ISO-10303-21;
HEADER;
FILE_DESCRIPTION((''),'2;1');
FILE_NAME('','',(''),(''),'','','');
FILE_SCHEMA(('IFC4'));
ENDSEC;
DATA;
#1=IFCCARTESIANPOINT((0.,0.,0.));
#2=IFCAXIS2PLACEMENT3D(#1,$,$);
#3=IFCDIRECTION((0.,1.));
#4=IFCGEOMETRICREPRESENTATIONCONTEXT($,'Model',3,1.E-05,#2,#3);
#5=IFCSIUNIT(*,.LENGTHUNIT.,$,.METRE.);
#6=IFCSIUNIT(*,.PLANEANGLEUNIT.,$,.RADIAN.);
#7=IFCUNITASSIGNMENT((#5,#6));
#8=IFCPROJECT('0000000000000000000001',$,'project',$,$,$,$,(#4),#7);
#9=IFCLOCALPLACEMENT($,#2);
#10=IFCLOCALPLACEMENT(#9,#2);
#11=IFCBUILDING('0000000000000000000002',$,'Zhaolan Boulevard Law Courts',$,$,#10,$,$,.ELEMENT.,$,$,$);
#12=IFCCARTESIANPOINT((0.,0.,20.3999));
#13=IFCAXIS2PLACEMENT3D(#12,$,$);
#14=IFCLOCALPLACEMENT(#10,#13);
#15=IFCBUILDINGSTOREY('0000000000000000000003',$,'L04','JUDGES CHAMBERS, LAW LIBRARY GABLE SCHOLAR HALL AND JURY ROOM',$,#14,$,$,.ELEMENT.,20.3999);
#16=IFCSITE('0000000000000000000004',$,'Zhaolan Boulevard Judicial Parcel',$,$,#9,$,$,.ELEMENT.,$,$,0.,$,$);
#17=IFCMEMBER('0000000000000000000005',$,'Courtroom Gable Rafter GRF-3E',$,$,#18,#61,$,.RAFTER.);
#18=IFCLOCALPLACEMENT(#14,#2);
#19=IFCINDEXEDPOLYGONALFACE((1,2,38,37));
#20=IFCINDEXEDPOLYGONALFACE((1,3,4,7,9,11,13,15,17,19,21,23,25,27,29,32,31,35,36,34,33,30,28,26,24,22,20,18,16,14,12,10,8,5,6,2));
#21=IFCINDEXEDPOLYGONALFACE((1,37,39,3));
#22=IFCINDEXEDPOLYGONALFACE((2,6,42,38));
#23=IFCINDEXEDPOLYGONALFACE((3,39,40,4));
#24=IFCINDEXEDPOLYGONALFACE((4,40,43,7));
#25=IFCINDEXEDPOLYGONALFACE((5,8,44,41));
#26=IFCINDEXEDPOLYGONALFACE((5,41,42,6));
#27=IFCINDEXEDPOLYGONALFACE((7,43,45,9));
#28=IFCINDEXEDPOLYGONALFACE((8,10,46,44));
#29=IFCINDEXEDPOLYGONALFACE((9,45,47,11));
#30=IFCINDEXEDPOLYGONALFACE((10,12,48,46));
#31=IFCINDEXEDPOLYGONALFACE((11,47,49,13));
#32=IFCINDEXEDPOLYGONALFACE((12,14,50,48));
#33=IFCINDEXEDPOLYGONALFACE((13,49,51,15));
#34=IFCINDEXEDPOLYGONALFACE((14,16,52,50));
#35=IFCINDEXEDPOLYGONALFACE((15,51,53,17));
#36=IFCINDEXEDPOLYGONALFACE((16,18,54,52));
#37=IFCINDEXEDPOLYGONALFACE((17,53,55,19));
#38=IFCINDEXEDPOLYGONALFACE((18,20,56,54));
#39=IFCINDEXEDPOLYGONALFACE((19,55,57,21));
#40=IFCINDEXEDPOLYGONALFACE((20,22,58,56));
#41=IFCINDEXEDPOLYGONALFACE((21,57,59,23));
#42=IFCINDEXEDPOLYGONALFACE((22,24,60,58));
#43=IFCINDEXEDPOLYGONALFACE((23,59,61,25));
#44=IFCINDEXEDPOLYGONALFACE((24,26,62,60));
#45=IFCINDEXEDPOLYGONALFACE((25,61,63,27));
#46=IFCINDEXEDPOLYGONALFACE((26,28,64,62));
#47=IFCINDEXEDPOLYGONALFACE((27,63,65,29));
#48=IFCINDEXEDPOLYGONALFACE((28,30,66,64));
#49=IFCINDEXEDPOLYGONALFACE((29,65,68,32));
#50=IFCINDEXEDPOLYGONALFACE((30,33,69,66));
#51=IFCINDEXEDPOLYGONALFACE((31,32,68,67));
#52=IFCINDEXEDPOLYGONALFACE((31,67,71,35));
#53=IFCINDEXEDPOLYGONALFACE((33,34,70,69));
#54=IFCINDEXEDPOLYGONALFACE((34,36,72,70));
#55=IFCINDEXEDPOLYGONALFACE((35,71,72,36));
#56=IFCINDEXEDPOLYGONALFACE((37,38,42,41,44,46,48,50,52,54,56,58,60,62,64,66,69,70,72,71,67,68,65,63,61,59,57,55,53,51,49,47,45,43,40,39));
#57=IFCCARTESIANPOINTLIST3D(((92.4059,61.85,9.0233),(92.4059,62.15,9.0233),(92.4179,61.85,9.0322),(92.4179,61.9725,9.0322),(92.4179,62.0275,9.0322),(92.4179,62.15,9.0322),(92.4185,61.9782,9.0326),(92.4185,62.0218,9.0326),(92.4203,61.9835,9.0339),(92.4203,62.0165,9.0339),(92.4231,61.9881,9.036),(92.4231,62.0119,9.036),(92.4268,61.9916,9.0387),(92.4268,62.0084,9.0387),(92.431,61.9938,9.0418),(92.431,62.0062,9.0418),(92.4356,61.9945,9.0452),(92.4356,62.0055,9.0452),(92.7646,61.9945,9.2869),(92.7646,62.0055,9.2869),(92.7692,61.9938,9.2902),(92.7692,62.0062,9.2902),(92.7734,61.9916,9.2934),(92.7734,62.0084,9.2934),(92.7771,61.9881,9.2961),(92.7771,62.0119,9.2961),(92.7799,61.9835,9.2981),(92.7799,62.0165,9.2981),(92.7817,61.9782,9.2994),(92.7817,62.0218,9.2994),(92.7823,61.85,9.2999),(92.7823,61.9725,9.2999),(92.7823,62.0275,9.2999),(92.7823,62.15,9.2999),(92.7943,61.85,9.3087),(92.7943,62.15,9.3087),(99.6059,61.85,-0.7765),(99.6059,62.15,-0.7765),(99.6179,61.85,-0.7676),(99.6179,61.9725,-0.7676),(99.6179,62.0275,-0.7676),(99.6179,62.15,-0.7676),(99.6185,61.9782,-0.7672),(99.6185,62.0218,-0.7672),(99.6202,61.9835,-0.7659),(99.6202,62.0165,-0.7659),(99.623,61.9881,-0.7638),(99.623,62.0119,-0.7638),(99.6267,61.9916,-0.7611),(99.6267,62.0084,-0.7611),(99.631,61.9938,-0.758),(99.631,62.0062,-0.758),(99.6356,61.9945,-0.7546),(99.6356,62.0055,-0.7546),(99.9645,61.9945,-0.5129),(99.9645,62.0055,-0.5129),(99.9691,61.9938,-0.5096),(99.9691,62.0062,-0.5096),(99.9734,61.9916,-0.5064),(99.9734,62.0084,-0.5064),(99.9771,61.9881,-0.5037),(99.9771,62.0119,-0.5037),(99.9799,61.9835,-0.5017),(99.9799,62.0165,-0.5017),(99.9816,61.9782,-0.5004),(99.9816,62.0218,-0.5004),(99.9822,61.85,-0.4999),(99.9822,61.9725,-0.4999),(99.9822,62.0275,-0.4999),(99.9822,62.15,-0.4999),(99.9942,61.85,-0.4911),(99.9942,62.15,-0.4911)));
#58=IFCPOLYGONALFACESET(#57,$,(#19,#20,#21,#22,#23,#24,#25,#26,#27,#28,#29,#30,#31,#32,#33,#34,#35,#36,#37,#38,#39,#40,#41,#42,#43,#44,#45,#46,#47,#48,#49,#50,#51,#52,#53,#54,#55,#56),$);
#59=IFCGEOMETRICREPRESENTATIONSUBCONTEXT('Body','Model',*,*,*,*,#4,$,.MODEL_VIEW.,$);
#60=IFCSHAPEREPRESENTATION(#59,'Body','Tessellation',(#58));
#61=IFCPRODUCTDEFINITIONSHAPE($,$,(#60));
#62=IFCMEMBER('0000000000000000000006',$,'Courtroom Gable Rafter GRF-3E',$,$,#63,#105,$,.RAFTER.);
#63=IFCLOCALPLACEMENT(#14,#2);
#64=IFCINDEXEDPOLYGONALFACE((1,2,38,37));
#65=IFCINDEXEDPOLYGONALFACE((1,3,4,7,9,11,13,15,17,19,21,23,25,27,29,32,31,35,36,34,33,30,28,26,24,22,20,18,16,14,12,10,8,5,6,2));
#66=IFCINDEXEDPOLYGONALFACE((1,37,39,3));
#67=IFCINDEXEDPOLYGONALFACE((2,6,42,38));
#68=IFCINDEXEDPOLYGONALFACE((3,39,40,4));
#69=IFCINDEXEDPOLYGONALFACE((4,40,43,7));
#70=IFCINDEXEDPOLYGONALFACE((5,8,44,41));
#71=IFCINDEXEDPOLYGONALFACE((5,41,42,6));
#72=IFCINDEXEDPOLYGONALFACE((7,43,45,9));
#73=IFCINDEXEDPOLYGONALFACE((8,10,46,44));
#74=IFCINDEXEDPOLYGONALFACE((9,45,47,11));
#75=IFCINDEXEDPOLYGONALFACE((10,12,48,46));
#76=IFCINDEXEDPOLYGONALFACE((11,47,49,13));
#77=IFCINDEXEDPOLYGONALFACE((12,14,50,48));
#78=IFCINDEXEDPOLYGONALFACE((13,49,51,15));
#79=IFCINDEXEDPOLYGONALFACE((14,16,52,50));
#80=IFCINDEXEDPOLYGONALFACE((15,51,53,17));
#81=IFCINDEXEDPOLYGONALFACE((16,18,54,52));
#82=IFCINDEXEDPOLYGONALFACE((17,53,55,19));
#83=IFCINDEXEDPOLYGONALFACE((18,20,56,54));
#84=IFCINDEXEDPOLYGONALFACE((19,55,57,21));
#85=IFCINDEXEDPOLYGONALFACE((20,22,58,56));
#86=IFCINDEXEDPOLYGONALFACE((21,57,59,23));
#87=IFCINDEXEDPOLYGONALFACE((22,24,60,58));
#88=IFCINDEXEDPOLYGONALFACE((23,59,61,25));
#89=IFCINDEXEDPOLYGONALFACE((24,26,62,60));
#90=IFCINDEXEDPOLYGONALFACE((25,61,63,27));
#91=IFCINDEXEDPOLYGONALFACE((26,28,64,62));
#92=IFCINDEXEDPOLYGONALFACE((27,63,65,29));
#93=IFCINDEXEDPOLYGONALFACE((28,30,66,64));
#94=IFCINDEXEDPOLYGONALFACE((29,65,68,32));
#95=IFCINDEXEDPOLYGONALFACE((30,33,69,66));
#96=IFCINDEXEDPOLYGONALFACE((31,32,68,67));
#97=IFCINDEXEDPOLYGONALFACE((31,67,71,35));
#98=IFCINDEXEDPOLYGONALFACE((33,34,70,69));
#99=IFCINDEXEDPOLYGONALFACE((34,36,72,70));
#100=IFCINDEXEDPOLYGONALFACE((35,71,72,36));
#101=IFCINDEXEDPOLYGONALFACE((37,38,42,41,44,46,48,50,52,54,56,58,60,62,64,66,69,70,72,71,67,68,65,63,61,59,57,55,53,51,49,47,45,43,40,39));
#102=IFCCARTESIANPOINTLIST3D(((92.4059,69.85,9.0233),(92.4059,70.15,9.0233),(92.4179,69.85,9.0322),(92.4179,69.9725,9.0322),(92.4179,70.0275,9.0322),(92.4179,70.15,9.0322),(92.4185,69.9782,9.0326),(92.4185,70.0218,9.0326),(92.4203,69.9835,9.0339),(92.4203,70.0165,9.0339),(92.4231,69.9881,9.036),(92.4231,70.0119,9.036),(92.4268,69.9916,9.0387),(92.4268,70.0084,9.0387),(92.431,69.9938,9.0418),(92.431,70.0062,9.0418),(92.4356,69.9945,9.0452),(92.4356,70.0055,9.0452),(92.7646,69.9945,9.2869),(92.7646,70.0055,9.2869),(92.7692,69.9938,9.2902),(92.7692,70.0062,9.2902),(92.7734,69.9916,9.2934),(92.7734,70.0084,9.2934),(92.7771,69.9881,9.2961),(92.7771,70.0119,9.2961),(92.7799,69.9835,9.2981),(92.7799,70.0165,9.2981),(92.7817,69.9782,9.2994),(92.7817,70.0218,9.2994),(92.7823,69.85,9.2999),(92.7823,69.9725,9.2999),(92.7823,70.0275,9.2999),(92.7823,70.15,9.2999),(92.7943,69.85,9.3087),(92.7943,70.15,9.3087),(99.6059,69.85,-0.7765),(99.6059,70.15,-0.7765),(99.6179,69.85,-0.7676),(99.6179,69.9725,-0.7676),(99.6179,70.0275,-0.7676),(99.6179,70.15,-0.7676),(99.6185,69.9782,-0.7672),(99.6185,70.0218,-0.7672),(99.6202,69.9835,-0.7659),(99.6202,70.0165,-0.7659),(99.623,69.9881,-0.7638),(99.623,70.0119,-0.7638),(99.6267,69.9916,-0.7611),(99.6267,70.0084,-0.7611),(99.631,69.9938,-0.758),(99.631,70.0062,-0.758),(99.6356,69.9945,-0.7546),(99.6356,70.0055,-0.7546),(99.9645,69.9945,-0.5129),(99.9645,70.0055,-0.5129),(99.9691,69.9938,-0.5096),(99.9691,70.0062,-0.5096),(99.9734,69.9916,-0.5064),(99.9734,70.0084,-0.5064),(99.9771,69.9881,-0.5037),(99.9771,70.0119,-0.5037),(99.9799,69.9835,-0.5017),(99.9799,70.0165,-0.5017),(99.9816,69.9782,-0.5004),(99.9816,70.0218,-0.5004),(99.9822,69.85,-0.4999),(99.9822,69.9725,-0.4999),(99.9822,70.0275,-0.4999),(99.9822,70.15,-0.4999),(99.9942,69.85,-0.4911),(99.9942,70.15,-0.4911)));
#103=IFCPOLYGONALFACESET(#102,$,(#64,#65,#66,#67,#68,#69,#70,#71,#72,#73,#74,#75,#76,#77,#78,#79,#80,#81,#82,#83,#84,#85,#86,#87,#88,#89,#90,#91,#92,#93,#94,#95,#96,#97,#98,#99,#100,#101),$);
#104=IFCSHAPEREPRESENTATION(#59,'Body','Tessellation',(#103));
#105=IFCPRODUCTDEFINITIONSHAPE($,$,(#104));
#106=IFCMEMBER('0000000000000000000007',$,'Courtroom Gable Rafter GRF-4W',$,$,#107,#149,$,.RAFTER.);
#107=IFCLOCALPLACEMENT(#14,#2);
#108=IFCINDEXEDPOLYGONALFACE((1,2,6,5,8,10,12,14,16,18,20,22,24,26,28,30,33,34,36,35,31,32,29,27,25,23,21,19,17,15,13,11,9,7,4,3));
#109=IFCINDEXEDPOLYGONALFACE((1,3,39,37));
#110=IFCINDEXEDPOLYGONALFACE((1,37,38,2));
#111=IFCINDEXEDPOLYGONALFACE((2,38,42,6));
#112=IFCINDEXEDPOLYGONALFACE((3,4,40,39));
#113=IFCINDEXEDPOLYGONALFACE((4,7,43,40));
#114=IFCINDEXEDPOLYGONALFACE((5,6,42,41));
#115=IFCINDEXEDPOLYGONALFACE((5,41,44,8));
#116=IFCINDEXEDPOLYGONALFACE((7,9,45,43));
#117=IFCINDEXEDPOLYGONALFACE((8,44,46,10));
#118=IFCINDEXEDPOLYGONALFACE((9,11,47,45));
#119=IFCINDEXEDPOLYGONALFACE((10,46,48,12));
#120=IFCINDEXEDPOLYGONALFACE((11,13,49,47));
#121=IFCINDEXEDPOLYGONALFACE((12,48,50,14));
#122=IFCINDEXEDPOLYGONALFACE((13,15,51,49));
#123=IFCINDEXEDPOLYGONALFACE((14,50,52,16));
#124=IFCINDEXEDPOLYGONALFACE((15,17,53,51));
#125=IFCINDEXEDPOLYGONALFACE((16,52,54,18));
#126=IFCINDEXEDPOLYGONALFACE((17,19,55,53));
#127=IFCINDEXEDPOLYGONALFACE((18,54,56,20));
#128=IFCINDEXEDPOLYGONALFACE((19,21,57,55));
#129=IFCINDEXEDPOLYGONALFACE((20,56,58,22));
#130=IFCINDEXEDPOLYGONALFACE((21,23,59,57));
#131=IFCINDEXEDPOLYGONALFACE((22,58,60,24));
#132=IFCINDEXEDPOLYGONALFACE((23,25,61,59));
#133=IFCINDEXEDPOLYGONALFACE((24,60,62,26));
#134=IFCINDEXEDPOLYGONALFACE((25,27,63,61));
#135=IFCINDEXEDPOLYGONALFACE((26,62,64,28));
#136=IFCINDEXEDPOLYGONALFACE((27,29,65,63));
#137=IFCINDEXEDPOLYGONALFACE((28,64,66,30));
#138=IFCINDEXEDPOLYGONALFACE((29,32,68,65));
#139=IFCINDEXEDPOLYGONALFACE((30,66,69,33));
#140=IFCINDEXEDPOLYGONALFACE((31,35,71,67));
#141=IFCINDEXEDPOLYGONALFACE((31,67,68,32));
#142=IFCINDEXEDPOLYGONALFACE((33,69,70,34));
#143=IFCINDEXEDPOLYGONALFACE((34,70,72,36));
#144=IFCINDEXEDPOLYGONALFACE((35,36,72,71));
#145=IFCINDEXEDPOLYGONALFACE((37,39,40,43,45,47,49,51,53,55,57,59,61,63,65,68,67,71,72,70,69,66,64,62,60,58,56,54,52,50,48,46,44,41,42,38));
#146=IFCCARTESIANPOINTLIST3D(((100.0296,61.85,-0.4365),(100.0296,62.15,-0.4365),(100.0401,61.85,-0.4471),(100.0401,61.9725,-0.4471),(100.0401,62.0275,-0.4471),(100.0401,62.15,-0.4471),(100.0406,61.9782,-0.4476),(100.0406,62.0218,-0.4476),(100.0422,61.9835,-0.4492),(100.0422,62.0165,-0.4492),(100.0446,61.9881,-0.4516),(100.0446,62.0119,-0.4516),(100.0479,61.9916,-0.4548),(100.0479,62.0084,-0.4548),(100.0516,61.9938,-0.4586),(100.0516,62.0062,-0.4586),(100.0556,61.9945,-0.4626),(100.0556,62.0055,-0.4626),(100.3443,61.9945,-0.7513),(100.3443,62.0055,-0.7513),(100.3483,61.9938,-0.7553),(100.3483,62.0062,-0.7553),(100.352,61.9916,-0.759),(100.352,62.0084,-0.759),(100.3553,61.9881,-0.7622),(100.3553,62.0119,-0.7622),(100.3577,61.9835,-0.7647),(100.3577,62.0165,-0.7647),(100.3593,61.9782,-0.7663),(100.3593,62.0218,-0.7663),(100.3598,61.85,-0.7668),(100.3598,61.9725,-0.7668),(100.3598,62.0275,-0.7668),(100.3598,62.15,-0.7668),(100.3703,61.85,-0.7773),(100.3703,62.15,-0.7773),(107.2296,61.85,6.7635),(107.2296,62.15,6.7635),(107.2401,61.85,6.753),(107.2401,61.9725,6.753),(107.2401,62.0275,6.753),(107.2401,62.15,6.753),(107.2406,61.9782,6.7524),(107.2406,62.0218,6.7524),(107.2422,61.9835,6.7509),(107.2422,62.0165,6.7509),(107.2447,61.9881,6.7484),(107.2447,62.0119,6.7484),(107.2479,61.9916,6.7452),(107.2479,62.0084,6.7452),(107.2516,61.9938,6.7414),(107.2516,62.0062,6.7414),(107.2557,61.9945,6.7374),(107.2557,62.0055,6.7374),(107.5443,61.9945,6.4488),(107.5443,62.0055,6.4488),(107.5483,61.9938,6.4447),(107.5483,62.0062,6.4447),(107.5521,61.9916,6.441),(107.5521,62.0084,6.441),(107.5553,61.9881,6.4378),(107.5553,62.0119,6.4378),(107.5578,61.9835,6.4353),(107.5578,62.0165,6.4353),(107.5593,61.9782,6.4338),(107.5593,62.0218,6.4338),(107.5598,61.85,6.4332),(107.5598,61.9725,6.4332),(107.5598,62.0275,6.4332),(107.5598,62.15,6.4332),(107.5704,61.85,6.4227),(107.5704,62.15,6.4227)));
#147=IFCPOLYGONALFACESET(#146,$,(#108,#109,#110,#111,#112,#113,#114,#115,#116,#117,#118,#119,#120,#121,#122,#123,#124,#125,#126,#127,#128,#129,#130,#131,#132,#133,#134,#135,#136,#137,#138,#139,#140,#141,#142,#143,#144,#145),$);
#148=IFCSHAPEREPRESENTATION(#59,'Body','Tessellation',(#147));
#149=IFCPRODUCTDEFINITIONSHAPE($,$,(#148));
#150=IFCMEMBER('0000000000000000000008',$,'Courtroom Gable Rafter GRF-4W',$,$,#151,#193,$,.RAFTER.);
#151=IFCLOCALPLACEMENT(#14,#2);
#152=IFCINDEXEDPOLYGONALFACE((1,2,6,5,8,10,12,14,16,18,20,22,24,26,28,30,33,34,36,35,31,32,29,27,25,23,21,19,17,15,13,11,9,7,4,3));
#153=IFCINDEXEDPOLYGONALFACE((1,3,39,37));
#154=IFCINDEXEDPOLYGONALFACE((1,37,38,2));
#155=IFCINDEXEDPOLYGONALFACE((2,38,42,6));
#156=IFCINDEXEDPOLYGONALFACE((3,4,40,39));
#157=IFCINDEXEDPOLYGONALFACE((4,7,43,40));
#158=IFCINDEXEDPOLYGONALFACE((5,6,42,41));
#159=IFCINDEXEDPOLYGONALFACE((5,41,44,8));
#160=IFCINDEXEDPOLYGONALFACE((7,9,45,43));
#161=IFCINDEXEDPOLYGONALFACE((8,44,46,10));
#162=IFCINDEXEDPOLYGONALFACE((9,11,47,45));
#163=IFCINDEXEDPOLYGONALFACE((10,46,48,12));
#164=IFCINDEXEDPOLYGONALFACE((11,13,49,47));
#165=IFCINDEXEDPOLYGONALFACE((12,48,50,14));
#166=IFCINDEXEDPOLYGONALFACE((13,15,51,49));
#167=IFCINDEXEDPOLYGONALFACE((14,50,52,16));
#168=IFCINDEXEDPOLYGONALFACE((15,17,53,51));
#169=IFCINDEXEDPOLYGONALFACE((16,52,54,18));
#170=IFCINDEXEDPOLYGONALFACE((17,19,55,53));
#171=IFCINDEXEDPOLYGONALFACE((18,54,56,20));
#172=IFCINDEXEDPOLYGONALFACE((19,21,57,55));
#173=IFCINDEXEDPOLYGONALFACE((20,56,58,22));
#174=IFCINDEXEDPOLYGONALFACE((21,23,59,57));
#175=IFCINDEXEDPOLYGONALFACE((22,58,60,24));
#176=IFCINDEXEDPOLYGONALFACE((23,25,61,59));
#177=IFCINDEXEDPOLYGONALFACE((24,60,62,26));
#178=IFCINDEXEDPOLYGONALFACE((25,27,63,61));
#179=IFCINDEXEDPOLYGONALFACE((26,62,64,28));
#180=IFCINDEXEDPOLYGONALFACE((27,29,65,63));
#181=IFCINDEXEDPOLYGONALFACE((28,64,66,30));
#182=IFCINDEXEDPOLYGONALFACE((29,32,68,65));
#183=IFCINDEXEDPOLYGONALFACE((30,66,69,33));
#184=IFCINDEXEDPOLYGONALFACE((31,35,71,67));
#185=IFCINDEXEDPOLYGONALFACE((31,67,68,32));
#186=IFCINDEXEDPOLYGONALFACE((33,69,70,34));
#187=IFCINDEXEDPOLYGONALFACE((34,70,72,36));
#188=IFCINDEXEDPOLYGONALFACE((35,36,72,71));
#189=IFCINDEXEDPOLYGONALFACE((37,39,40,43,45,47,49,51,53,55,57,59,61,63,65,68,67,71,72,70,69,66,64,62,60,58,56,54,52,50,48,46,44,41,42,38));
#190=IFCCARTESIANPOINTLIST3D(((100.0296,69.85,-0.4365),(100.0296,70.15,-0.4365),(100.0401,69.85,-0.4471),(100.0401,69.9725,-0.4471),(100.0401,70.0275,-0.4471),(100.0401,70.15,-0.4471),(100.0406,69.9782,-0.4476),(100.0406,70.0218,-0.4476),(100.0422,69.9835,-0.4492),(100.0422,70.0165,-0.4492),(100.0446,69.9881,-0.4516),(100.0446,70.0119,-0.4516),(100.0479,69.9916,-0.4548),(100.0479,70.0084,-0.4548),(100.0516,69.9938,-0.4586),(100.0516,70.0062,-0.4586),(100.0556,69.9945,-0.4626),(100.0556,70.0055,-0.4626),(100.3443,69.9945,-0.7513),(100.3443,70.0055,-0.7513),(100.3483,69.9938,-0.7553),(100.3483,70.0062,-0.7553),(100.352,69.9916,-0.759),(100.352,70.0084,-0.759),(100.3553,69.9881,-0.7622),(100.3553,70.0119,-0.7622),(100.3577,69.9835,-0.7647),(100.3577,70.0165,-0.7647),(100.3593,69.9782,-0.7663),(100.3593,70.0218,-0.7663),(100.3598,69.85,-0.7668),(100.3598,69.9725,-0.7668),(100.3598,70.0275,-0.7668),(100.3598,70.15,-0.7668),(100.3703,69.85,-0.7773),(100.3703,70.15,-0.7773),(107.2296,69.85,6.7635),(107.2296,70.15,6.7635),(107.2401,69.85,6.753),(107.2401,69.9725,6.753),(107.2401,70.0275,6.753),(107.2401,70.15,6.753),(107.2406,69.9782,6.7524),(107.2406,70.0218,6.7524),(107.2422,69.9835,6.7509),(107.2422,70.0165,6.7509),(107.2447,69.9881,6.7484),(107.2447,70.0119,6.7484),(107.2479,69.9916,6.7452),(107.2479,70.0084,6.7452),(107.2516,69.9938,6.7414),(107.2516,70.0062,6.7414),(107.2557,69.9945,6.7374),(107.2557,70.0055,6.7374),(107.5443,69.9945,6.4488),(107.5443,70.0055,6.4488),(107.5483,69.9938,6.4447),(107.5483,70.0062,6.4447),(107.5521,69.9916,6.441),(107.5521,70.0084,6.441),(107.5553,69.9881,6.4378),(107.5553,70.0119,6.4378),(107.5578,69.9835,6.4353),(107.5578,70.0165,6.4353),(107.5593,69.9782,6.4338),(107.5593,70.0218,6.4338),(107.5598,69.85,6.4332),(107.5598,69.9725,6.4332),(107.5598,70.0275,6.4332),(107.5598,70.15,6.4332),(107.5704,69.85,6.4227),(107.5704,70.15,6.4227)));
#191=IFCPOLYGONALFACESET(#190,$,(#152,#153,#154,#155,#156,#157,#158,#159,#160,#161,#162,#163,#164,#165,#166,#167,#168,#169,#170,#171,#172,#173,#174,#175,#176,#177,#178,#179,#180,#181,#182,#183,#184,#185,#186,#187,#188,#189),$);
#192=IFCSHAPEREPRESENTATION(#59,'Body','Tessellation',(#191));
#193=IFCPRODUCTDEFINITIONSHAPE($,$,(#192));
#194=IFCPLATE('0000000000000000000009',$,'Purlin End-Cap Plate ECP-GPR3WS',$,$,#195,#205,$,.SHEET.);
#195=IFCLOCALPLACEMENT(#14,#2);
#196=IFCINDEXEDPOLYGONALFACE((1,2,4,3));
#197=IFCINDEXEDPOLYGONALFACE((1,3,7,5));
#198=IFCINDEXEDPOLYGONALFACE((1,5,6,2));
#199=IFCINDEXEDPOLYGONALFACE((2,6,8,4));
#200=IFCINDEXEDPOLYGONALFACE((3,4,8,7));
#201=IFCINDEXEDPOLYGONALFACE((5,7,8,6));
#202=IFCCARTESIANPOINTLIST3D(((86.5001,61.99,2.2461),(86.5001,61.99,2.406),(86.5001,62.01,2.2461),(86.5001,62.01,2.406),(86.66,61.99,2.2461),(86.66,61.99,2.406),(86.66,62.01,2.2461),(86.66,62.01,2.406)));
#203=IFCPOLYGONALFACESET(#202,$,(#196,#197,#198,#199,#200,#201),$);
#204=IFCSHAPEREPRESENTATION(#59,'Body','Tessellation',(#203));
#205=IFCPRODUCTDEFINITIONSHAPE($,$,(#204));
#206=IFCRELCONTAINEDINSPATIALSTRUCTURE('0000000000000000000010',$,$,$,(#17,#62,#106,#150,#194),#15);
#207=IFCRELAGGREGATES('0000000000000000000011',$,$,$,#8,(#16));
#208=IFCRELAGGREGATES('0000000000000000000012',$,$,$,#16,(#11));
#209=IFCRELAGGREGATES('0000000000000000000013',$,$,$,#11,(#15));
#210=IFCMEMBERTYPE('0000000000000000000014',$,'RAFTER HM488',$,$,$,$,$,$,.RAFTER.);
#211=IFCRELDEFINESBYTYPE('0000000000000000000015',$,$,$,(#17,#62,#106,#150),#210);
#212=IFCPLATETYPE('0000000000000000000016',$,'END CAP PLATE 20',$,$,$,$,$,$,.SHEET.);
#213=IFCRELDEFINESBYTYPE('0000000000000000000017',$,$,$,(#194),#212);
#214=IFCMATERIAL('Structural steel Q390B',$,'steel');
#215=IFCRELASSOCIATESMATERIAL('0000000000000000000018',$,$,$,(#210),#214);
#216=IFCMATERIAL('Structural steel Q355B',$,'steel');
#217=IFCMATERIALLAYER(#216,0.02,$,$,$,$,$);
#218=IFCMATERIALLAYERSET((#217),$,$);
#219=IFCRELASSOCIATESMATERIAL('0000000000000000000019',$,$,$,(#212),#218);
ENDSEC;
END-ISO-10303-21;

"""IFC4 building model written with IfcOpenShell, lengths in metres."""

from ifc_helpers import new_model, si_unit, direction, frame, origin, origin_2d, place, context, subcontext, project, spatial, rectangle, i_section, extrude, material, layer, layer_set, material_profile, profile_set, type_object, element, save


model = new_model("IFC4")

# Units and contexts
model_context = context("Model", 3, precision=1e-05, world=origin(), true_north=direction((0.0, 1.0)))
body_context = subcontext(model_context, "Body", "Model", "MODEL_VIEW")
ifc_project = project(units=[si_unit("LENGTHUNIT", "METRE"), si_unit("PLANEANGLEUNIT", "RADIAN")], contexts=[model_context])

# Site, building, storey
site_placement = place(None, origin())
site = spatial("IfcSite", under=ifc_project, at=site_placement, Name="Zhaolan Boulevard Judicial Parcel", CompositionType="ELEMENT", RefElevation=0.0)
building_placement = place(site_placement, origin())
building = spatial("IfcBuilding", under=site, at=building_placement, Name="Zhaolan Boulevard Law Courts", CompositionType="ELEMENT")
storey_placement = place(building_placement, frame((0.0, 0.0, 20.3999)))
storey = spatial("IfcBuildingStorey", under=building, at=storey_placement, Name="L04", Description="JUDGES CHAMBERS, LAW LIBRARY GABLE SCHOLAR HALL AND JURY ROOM", CompositionType="ELEMENT", Elevation=20.3999)

# Members
ifc_material_1 = material(Name="Structural steel Q390B", Category="steel")
ifc_material_profile_1 = material_profile(ifc_material_1, i_section(OverallWidth=0.3, OverallDepth=0.4819, WebThickness=0.011, FlangeThickness=0.0149, FilletRadius=0.022, at=origin_2d()), Name="HM482x300")
ifc_profile_set_1 = profile_set([ifc_material_profile_1], Name="Structural steel Q390B")
member_type_1 = type_object("IfcMemberType", Name="RAFTER HM488", PredefinedType="RAFTER", material=ifc_profile_set_1)
for number, where, z_axis, x_axis, name in (
    (1, (99.8, 62.0, -0.6338), (-0.592081, 0.0, 0.805878), (0.0, -1.0, 0.0), "Courtroom Gable Rafter GRF-3E"),
    (2, (99.8, 70.0, -0.6338), (-0.592081, 0.0, 0.805878), (0.0, -1.0, 0.0), "Courtroom Gable Rafter GRF-3E"),
):
    element("IfcMember", number, at=place(storey_placement, frame(where, z_axis=z_axis, x_axis=x_axis)), inside=storey, type_object=member_type_1, Name=name, PredefinedType="RAFTER", context=body_context, shape_type="SweptSolid", body=[
        extrude(i_section(OverallWidth=0.3, OverallDepth=0.4819, WebThickness=0.011, FlangeThickness=0.0149, FilletRadius=0.022, at=origin_2d()), origin(), (0.0, 0.0, 1.0), 12.1604),
    ])
for number, where, z_axis, x_axis, name in (
    (3, (100.2, 62.0, -0.6069), (0.707107, 0.0, 0.707107), (0.0, 1.0, 0.0), "Courtroom Gable Rafter GRF-4W"),
    (4, (100.2, 70.0, -0.6069), (0.707107, 0.0, 0.707107), (0.0, 1.0, 0.0), "Courtroom Gable Rafter GRF-4W"),
):
    element("IfcMember", number, at=place(storey_placement, frame(where, z_axis=z_axis, x_axis=x_axis)), inside=storey, type_object=member_type_1, Name=name, PredefinedType="RAFTER", context=body_context, shape_type="SweptSolid", body=[
        extrude(i_section(OverallWidth=0.3, OverallDepth=0.4819, WebThickness=0.011, FlangeThickness=0.0149, FilletRadius=0.022, at=origin_2d()), origin(), (0.0, 0.0, 1.0), 10.1824),
    ])

# Plate
ifc_material_2 = material(Name="Structural steel Q355B", Category="steel")
ifc_layer_1 = layer(ifc_material_2, 0.02)
ifc_layer_set_1 = layer_set([ifc_layer_1])
plate_type = type_object("IfcPlateType", Name="END CAP PLATE 20", PredefinedType="SHEET", material=ifc_layer_set_1)
for number, where, z_axis, x_axis, name in (
    (5, (86.5801, 62.0, 2.2461), (0.0, 0.0, 1.0), (1.0, 0.0, 0.0), "Purlin End-Cap Plate ECP-GPR3WS"),
):
    element("IfcPlate", number, at=place(storey_placement, frame(where, z_axis=z_axis, x_axis=x_axis)), inside=storey, type_object=plate_type, Name=name, PredefinedType="SHEET", context=body_context, shape_type="SweptSolid", body=[
        extrude(rectangle(XDim=0.1599, YDim=0.02, at=origin_2d()), origin(), (0.0, 0.0, 1.0), 0.1599),
    ])

save(model, "model.ifc")
